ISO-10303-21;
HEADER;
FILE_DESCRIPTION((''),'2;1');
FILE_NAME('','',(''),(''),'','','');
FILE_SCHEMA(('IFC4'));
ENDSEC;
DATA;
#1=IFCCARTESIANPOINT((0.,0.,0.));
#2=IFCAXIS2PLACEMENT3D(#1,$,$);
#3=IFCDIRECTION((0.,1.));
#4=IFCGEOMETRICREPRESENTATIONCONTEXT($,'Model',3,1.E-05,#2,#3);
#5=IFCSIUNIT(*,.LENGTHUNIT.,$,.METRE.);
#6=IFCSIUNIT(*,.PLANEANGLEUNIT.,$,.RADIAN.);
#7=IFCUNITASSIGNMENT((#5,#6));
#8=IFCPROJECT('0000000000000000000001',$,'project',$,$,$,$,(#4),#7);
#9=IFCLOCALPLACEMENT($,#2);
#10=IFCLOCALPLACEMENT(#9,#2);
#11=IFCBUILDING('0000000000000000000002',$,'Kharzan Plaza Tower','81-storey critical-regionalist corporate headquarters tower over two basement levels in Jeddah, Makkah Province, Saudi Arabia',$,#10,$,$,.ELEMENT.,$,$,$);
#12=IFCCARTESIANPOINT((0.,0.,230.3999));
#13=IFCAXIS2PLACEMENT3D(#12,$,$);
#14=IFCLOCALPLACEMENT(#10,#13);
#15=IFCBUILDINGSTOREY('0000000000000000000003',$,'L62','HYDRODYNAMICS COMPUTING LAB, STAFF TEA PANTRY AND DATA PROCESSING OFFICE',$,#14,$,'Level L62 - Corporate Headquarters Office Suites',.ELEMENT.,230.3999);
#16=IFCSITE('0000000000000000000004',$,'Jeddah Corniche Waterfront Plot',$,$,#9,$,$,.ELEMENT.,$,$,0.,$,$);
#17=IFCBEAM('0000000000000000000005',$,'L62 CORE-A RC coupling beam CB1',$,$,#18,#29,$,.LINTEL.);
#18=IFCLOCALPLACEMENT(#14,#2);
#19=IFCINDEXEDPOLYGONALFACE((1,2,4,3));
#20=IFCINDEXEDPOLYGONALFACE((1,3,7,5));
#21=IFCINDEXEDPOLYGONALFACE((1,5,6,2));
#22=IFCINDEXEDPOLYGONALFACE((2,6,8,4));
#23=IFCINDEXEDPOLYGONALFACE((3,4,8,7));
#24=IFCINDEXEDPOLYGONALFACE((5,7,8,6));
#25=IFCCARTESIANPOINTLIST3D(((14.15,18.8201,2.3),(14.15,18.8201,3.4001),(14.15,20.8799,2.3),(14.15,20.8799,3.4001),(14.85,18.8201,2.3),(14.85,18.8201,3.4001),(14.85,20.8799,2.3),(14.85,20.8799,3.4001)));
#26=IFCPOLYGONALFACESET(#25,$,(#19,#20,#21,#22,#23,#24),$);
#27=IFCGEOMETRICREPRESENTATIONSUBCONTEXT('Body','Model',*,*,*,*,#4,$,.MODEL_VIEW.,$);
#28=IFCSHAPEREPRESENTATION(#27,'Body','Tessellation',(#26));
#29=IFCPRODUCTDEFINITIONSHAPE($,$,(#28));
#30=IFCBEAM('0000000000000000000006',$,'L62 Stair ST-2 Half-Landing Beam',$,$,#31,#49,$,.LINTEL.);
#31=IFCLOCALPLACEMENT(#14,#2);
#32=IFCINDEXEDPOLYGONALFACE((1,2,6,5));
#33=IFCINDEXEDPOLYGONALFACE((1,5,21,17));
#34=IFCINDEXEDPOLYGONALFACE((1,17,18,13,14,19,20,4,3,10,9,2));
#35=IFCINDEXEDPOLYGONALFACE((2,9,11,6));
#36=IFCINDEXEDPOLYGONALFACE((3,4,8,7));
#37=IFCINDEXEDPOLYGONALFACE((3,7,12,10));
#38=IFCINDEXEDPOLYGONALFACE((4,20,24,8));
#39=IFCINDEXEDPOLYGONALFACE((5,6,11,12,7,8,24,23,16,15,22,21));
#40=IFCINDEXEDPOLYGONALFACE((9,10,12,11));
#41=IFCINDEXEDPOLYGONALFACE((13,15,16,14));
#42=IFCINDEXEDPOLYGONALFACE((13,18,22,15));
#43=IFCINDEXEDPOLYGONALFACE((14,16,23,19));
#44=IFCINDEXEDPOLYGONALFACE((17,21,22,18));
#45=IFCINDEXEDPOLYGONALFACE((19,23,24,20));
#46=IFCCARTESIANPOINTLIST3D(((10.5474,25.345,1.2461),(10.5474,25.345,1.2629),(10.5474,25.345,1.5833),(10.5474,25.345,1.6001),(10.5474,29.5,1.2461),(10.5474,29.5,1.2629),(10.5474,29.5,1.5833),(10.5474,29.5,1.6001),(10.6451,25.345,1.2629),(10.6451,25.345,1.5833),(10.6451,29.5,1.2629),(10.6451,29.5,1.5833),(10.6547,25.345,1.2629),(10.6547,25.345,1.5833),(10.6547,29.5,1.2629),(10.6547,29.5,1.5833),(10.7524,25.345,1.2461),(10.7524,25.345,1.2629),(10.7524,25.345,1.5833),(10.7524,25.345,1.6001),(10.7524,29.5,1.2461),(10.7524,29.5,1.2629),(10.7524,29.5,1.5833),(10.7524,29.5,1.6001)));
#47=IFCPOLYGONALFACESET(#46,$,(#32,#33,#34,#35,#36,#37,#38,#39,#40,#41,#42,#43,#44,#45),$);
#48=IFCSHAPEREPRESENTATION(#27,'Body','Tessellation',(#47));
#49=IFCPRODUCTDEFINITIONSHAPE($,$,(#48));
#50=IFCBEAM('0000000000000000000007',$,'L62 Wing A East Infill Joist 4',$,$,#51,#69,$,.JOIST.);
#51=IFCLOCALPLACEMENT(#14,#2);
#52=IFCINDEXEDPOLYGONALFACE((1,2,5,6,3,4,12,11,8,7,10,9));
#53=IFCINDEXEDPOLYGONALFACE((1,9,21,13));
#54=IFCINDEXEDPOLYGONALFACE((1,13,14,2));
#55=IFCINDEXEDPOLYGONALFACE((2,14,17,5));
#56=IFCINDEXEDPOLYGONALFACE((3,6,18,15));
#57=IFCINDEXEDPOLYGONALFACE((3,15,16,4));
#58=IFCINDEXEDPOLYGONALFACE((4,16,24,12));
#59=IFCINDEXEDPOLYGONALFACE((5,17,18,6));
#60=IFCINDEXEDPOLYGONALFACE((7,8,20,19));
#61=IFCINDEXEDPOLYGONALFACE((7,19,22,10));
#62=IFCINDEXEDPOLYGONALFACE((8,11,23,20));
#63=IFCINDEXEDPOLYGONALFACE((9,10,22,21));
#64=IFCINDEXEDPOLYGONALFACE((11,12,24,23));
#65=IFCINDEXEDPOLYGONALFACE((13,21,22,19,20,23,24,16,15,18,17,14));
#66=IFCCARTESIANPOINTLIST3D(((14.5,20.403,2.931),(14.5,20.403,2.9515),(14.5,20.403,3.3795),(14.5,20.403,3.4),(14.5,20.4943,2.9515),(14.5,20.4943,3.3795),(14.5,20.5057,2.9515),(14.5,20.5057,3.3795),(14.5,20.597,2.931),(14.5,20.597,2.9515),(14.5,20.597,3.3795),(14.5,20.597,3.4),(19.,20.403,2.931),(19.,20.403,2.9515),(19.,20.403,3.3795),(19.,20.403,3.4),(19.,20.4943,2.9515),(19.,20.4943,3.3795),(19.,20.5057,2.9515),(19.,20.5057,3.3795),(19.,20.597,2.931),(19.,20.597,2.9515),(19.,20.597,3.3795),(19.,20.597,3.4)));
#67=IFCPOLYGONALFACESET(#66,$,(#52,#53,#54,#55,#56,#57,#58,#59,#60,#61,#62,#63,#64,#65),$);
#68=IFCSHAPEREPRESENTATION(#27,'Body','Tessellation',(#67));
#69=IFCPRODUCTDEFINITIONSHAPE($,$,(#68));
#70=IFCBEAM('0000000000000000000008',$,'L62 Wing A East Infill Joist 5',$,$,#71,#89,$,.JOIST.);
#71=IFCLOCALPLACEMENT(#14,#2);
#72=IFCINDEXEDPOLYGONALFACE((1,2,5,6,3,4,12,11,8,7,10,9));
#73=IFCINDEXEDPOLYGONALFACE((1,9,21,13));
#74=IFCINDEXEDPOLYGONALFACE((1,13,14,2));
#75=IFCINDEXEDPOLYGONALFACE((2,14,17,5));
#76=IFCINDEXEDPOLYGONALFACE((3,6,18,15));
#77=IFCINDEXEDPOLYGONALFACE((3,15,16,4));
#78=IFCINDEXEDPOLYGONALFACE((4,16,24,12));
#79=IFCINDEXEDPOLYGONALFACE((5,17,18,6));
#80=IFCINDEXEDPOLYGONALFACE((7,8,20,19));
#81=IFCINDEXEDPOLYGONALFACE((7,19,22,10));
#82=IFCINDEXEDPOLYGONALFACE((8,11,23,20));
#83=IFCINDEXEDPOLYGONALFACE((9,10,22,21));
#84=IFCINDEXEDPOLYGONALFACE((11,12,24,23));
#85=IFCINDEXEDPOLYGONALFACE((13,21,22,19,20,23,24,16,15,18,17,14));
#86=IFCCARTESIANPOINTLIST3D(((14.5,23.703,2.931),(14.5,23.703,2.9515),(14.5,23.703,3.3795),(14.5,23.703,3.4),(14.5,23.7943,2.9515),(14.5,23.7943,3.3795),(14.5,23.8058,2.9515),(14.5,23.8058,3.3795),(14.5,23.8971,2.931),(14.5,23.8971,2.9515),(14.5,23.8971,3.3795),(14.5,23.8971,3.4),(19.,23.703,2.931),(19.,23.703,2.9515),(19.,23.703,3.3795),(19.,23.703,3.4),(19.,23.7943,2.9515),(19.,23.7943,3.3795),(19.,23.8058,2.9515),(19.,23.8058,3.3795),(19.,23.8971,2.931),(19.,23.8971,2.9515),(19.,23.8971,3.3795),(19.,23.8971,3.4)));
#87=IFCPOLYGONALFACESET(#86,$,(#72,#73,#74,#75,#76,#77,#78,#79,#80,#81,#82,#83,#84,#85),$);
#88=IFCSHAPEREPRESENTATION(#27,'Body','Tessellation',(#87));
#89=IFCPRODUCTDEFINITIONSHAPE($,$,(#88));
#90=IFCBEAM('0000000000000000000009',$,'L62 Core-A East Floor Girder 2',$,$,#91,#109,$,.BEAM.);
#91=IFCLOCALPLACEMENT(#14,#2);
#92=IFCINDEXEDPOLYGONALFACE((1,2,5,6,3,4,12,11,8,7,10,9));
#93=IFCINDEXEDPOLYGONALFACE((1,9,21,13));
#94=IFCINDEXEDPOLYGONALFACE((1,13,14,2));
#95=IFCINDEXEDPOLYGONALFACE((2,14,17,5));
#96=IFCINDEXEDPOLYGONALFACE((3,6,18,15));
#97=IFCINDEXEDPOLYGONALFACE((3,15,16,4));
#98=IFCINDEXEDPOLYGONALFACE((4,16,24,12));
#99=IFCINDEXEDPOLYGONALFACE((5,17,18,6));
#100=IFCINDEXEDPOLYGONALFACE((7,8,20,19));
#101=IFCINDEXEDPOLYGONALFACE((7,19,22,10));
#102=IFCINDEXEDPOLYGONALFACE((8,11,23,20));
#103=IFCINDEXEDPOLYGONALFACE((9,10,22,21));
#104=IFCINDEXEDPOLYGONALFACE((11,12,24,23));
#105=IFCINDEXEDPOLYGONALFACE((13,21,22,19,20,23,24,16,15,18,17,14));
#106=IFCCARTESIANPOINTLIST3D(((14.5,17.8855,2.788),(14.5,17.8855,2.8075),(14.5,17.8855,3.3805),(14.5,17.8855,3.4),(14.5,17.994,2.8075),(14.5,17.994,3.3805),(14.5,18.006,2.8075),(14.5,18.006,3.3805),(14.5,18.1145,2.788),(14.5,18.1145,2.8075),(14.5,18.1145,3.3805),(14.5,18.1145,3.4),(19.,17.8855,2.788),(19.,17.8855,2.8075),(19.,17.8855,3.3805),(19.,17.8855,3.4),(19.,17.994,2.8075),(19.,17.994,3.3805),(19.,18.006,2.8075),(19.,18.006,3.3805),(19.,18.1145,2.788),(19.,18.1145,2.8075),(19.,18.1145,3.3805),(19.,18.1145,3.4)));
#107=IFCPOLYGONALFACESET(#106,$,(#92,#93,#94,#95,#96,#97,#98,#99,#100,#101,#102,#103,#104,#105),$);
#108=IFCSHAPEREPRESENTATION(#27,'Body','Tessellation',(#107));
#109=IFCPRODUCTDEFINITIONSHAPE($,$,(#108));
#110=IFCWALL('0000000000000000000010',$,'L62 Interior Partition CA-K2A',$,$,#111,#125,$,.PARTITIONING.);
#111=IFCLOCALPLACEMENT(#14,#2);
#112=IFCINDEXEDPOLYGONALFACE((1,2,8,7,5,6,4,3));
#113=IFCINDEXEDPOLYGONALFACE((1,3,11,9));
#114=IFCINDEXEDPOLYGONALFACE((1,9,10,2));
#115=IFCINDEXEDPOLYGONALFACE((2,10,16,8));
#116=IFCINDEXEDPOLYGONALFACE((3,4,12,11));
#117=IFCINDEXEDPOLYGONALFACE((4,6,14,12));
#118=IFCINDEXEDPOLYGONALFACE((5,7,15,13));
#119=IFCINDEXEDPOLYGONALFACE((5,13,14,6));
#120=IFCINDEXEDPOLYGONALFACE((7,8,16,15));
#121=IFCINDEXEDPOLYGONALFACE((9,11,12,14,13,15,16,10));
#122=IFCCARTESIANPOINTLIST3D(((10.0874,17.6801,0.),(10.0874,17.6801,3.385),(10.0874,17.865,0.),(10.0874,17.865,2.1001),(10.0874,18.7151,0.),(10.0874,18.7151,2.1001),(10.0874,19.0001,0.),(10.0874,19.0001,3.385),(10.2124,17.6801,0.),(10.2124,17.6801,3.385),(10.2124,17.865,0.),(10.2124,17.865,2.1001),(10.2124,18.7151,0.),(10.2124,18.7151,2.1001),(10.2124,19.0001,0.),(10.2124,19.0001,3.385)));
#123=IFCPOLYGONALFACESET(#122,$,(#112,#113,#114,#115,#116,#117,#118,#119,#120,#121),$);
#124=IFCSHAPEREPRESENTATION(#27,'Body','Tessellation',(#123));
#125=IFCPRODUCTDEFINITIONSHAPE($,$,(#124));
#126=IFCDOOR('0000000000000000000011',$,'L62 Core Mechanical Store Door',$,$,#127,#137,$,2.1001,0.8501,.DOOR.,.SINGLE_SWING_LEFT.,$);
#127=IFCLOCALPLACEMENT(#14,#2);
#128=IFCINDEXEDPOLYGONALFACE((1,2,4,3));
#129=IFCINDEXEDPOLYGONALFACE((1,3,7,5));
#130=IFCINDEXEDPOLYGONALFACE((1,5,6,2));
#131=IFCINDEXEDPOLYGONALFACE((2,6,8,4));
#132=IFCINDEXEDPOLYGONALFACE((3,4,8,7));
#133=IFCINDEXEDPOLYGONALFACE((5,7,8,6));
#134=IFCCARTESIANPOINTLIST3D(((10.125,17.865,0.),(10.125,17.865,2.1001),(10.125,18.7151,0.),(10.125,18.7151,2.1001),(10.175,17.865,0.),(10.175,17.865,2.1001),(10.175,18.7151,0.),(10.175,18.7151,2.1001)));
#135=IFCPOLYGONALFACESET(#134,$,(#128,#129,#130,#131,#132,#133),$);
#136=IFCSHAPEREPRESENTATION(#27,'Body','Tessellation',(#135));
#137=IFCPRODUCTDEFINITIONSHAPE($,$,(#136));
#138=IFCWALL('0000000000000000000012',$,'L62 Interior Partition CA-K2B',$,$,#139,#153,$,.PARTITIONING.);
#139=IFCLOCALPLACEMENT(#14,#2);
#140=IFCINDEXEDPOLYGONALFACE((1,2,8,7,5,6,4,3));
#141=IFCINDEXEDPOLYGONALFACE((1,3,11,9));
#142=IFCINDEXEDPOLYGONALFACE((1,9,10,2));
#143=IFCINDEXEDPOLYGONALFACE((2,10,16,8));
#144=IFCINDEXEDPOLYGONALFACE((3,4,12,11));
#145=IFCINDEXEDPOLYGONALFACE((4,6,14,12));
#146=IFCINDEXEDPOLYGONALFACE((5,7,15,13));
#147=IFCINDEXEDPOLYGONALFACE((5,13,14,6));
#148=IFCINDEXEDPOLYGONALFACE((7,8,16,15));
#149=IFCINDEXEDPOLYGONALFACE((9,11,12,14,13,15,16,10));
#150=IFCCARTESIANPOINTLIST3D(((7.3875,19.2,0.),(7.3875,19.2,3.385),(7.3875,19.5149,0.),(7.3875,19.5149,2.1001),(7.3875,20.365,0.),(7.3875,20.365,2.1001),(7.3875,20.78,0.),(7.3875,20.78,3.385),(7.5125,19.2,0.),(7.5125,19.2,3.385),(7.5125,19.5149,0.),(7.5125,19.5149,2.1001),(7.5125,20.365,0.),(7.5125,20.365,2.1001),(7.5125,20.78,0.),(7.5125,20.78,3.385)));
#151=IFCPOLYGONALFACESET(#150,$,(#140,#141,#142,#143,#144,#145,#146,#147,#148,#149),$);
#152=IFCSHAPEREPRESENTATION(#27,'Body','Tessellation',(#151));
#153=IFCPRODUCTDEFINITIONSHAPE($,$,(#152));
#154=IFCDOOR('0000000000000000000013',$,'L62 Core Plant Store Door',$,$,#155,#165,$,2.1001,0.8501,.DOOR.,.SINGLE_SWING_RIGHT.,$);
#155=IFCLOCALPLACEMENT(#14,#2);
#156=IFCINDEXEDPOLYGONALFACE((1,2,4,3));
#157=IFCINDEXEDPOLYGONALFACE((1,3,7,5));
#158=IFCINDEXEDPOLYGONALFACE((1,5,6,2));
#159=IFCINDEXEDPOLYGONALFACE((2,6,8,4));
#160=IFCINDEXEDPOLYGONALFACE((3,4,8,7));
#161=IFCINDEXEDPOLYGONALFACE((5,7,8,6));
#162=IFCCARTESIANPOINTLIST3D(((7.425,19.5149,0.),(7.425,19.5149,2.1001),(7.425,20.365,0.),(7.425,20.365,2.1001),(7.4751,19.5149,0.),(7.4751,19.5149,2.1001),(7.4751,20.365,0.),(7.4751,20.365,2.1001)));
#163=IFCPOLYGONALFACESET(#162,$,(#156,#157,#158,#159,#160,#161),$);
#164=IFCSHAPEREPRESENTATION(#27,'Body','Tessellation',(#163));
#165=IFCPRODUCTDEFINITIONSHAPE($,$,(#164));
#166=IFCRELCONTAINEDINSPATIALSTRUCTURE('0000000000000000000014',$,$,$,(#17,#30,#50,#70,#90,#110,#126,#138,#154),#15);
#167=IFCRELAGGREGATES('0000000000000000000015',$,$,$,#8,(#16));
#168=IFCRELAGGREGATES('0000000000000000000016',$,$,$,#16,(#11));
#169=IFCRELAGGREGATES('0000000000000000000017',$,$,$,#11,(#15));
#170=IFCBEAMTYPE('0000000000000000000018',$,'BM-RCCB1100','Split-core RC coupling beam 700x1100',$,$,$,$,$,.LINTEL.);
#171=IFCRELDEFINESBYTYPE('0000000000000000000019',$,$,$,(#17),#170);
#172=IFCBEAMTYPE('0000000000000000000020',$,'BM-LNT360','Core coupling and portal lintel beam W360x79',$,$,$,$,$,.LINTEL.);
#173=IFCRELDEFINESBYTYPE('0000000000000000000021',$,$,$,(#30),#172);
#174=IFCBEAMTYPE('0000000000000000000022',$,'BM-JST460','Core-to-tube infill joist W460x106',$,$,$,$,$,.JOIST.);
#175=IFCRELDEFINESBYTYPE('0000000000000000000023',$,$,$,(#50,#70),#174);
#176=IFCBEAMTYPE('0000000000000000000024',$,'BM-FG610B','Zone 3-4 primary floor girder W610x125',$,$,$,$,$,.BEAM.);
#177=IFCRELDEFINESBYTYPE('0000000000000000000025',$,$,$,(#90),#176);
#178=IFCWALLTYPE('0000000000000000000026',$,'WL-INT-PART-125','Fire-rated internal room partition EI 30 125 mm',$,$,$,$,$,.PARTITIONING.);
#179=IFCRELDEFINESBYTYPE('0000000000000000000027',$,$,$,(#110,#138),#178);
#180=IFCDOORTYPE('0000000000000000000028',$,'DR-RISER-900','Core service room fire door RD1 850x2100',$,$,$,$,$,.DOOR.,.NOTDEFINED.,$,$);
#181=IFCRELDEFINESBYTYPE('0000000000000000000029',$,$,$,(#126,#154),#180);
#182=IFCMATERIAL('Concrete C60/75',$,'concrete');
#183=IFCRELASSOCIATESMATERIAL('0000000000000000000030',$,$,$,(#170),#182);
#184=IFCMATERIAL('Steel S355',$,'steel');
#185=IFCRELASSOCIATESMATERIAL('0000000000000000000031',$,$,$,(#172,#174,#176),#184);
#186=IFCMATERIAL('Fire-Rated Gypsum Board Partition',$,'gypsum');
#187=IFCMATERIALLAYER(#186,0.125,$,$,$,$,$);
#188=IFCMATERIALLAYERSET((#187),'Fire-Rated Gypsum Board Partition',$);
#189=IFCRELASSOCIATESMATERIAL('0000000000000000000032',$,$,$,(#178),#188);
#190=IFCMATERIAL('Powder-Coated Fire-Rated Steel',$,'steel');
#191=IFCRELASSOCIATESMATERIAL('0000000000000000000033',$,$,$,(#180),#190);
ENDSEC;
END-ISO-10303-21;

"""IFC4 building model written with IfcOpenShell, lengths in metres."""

from ifc_helpers import new_model, si_unit, direction, frame, frame_2d, origin, origin_2d, place, context, subcontext, project, spatial, rectangle, i_section, extrude, source, transform, mapped, material, layer, layer_set, material_profile, profile_set, type_object, element, fill, save


model = new_model("IFC4")

# Units and contexts
model_context = context("Model", 3, precision=1e-05, world=origin(), true_north=direction((0.0, 1.0)))
body_context = subcontext(model_context, "Body", "Model", "MODEL_VIEW")
ifc_project = project(units=[si_unit("LENGTHUNIT", "METRE"), si_unit("PLANEANGLEUNIT", "RADIAN")], contexts=[model_context])

# Site, building, storey
site_placement = place(None, origin())
site = spatial("IfcSite", under=ifc_project, at=site_placement, Name="Jeddah Corniche Waterfront Plot", CompositionType="ELEMENT", RefElevation=0.0)
building_placement = place(site_placement, origin())
building = spatial("IfcBuilding", under=site, at=building_placement, Name="Kharzan Plaza Tower", Description="81-storey critical-regionalist corporate headquarters tower over two basement levels in Jeddah, Makkah Province, Saudi Arabia", CompositionType="ELEMENT")
storey_placement = place(building_placement, frame((0.0, 0.0, 230.3999)))
storey = spatial("IfcBuildingStorey", under=building, at=storey_placement, Name="L62", Description="HYDRODYNAMICS COMPUTING LAB, STAFF TEA PANTRY AND DATA PROCESSING OFFICE", LongName="Level L62 - Corporate Headquarters Office Suites", CompositionType="ELEMENT", Elevation=230.3999)

# Beams
ifc_material_1 = material(Name="Concrete C60/75", Category="concrete")
ifc_material_profile_1 = material_profile(ifc_material_1, rectangle(XDim=0.7, YDim=1.1001, at=origin_2d()), Name="RC-CB1100x700")
ifc_profile_set_1 = profile_set([ifc_material_profile_1], Name="Concrete C60/75")
beam_type_1 = type_object("IfcBeamType", Name="BM-RCCB1100", Description="Split-core RC coupling beam 700x1100", PredefinedType="LINTEL", material=ifc_profile_set_1)
shared_shape_1 = source(origin(), body_context, "Body", "SweptSolid", [
    extrude(rectangle(XDim=0.7, YDim=1.1001, at=origin_2d()), origin(), (0.0, 0.0, 1.0), 2.0598),
])
beam_1_placement = place(storey_placement, frame((14.5, 18.8201, 2.8501), z_axis=(0.0, 1.0, 0.0), x_axis=(-1.0, 0.0, 0.0)))
element("IfcBeam", 1, at=beam_1_placement, inside=storey, type_object=beam_type_1, Name="L62 CORE-A RC coupling beam CB1", PredefinedType="LINTEL", context=body_context, shape_type="MappedRepresentation", body=[
    mapped(shared_shape_1, transform((0.0, 0.0, 0.0), x_axis=(1.0, 0.0, 0.0), y_axis=(0.0, 1.0, 0.0), z_axis=(0.0, 0.0, 1.0))),
])
ifc_material_2 = material(Name="Steel S355", Category="steel")
ifc_material_profile_2 = material_profile(ifc_material_2, i_section(OverallWidth=0.2051, OverallDepth=0.354, WebThickness=0.0095, FlangeThickness=0.0168, at=origin_2d()), Name="W360x79")
ifc_profile_set_2 = profile_set([ifc_material_profile_2], Name="Steel S355")
beam_type_2 = type_object("IfcBeamType", Name="BM-LNT360", Description="Core coupling and portal lintel beam W360x79", PredefinedType="LINTEL", material=ifc_profile_set_2)
shared_shape_2 = source(origin(), body_context, "Body", "SweptSolid", [
    extrude(i_section(OverallWidth=0.2051, OverallDepth=0.354, WebThickness=0.0095, FlangeThickness=0.0168, at=origin_2d()), origin(), (0.0, 0.0, 1.0), 4.155),
])
beam_2_placement = place(storey_placement, frame((10.6499, 25.345, 1.4231), z_axis=(0.0, 1.0, 0.0), x_axis=(-1.0, 0.0, 0.0)))
element("IfcBeam", 2, at=beam_2_placement, inside=storey, type_object=beam_type_2, Name="L62 Stair ST-2 Half-Landing Beam", PredefinedType="LINTEL", context=body_context, shape_type="MappedRepresentation", body=[
    mapped(shared_shape_2, transform((0.0, 0.0, 0.0), x_axis=(1.0, 0.0, 0.0), y_axis=(0.0, 1.0, 0.0), z_axis=(0.0, 0.0, 1.0))),
])
ifc_material_profile_3 = material_profile(ifc_material_2, i_section(OverallWidth=0.1941, OverallDepth=0.469, WebThickness=0.0115, FlangeThickness=0.0205, at=origin_2d()), Name="W460x106")
ifc_profile_set_3 = profile_set([ifc_material_profile_3], Name="Steel S355")
beam_type_3 = type_object("IfcBeamType", Name="BM-JST460", Description="Core-to-tube infill joist W460x106", PredefinedType="JOIST", material=ifc_profile_set_3)
shared_shape_3 = source(origin(), body_context, "Body", "SweptSolid", [
    extrude(i_section(OverallWidth=0.1941, OverallDepth=0.469, WebThickness=0.0115, FlangeThickness=0.0205, at=origin_2d()), origin(), (0.0, 0.0, 1.0), 4.5),
])
for number, where, z_axis, x_axis, name in (
    (3, (14.5, 20.5, 3.1655), (1.0, 0.0, 0.0), (0.0, 1.0, 0.0), "L62 Wing A East Infill Joist 4"),
    (4, (14.5, 23.8, 3.1655), (1.0, 0.0, 0.0), (0.0, 1.0, 0.0), "L62 Wing A East Infill Joist 5"),
):
    element("IfcBeam", number, at=place(storey_placement, frame(where, z_axis=z_axis, x_axis=x_axis)), inside=storey, type_object=beam_type_3, Name=name, PredefinedType="JOIST", context=body_context, shape_type="MappedRepresentation", body=[
        mapped(shared_shape_3, transform((0.0, 0.0, 0.0), x_axis=(1.0, 0.0, 0.0), y_axis=(0.0, 1.0, 0.0), z_axis=(0.0, 0.0, 1.0))),
    ])
ifc_material_profile_4 = material_profile(ifc_material_2, i_section(OverallWidth=0.229, OverallDepth=0.6121, WebThickness=0.012, FlangeThickness=0.0195, at=origin_2d()), Name="W610x125")
ifc_profile_set_4 = profile_set([ifc_material_profile_4], Name="Steel S355")
beam_type_4 = type_object("IfcBeamType", Name="BM-FG610B", Description="Zone 3-4 primary floor girder W610x125", PredefinedType="BEAM", material=ifc_profile_set_4)
shared_shape_4 = source(origin(), body_context, "Body", "SweptSolid", [
    extrude(i_section(OverallWidth=0.229, OverallDepth=0.6121, WebThickness=0.012, FlangeThickness=0.0195, at=origin_2d()), origin(), (0.0, 0.0, 1.0), 4.5),
])
beam_3_placement = place(storey_placement, frame((14.5, 18.0, 3.094), z_axis=(1.0, 0.0, 0.0), x_axis=(0.0, 1.0, 0.0)))
element("IfcBeam", 5, at=beam_3_placement, inside=storey, type_object=beam_type_4, Name="L62 Core-A East Floor Girder 2", PredefinedType="BEAM", context=body_context, shape_type="MappedRepresentation", body=[
    mapped(shared_shape_4, transform((0.0, 0.0, 0.0), x_axis=(1.0, 0.0, 0.0), y_axis=(0.0, 1.0, 0.0), z_axis=(0.0, 0.0, 1.0))),
])

# Walls, openings, doors
ifc_material_3 = material(Name="Fire-Rated Gypsum Board Partition", Category="gypsum")
ifc_layer_1 = layer(ifc_material_3, 0.125)
ifc_layer_set_1 = layer_set([ifc_layer_1], Name="Fire-Rated Gypsum Board Partition")
wall_type_1 = type_object("IfcWallType", Name="WL-INT-PART-125", Description="Fire-rated internal room partition EI 30 125 mm", PredefinedType="PARTITIONING", material=ifc_layer_set_1)
wall_1_placement = place(storey_placement, frame((10.1499, 17.6799, 0.0), z_axis=(0.0, 0.0, 1.0), x_axis=(0.0, 1.0, 0.0)))
wall_1 = element("IfcWall", 6, at=wall_1_placement, inside=storey, type_object=wall_type_1, Name="L62 Interior Partition CA-K2A", PredefinedType="PARTITIONING", context=body_context, shape_type="SweptSolid", body=[
    extrude(rectangle(XDim=1.3201, YDim=0.125, at=frame_2d((0.6602, 0.0))), origin(), (0.0, 0.0, 1.0), 3.385),
])
opening_1_placement = place(wall_1_placement, frame((0.1851, 0.0, 0.0)))
opening_1 = element("IfcOpeningElement", 7, at=opening_1_placement, cuts=wall_1, PredefinedType="OPENING", context=body_context, shape_type="SweptSolid", body=[
    extrude(rectangle(XDim=0.8501, YDim=2.1001, at=frame_2d((0.425, 1.05))), frame((0.0, 0.0725, 0.0), z_axis=(0.0, -1.0, 0.0), x_axis=(1.0, 0.0, 0.0)), (0.0, 0.0, 1.0), 0.145),
])
ifc_material_4 = material(Name="Powder-Coated Fire-Rated Steel", Category="steel")
door_type_1 = type_object("IfcDoorType", Name="DR-RISER-900", Description="Core service room fire door RD1 850x2100", OperationType="NOTDEFINED", PredefinedType="DOOR", material=ifc_material_4)
shared_shape_5 = source(origin(), body_context, "Body", "SweptSolid", [
    extrude(rectangle(XDim=0.8501, YDim=2.1001, at=frame_2d((0.425, 1.05))), frame((0.0, 0.0249, 0.0), z_axis=(0.0, -1.0, 0.0), x_axis=(1.0, 0.0, 0.0)), (0.0, 0.0, 1.0), 0.05),
])
door_1_placement = place(opening_1_placement, origin())
door_1 = element("IfcDoor", 8, at=door_1_placement, inside=storey, type_object=door_type_1, Name="L62 Core Mechanical Store Door", OperationType="SINGLE_SWING_LEFT", OverallHeight=2.1001, OverallWidth=0.8501, PredefinedType="DOOR", context=body_context, shape_type="MappedRepresentation", body=[
    mapped(shared_shape_5, transform((0.0, 0.0, 0.0), x_axis=(1.0, 0.0, 0.0), y_axis=(0.0, 1.0, 0.0), z_axis=(0.0, 0.0, 1.0))),
])
fill(opening_1, door_1)
wall_2_placement = place(storey_placement, frame((7.45, 19.2, 0.0), z_axis=(0.0, 0.0, 1.0), x_axis=(0.0, 1.0, 0.0)))
wall_2 = element("IfcWall", 9, at=wall_2_placement, inside=storey, type_object=wall_type_1, Name="L62 Interior Partition CA-K2B", PredefinedType="PARTITIONING", context=body_context, shape_type="SweptSolid", body=[
    extrude(rectangle(XDim=1.5801, YDim=0.125, at=frame_2d((0.79, 0.0))), origin(), (0.0, 0.0, 1.0), 3.385),
])
opening_2_placement = place(wall_2_placement, frame((0.3149, 0.0, 0.0)))
opening_2 = element("IfcOpeningElement", 10, at=opening_2_placement, cuts=wall_2, PredefinedType="OPENING", context=body_context, shape_type="SweptSolid", body=[
    extrude(rectangle(XDim=0.8501, YDim=2.1001, at=frame_2d((0.425, 1.05))), frame((0.0, 0.0725, 0.0), z_axis=(0.0, -1.0, 0.0), x_axis=(1.0, 0.0, 0.0)), (0.0, 0.0, 1.0), 0.145),
])
door_2_placement = place(opening_2_placement, origin())
door_2 = element("IfcDoor", 11, at=door_2_placement, inside=storey, type_object=door_type_1, Name="L62 Core Plant Store Door", OperationType="SINGLE_SWING_RIGHT", OverallHeight=2.1001, OverallWidth=0.8501, PredefinedType="DOOR", context=body_context, shape_type="MappedRepresentation", body=[
    mapped(shared_shape_5, transform((0.0, 0.0, 0.0), x_axis=(1.0, 0.0, 0.0), y_axis=(0.0, 1.0, 0.0), z_axis=(0.0, 0.0, 1.0))),
])
fill(opening_2, door_2)

save(model, "model.ifc")
